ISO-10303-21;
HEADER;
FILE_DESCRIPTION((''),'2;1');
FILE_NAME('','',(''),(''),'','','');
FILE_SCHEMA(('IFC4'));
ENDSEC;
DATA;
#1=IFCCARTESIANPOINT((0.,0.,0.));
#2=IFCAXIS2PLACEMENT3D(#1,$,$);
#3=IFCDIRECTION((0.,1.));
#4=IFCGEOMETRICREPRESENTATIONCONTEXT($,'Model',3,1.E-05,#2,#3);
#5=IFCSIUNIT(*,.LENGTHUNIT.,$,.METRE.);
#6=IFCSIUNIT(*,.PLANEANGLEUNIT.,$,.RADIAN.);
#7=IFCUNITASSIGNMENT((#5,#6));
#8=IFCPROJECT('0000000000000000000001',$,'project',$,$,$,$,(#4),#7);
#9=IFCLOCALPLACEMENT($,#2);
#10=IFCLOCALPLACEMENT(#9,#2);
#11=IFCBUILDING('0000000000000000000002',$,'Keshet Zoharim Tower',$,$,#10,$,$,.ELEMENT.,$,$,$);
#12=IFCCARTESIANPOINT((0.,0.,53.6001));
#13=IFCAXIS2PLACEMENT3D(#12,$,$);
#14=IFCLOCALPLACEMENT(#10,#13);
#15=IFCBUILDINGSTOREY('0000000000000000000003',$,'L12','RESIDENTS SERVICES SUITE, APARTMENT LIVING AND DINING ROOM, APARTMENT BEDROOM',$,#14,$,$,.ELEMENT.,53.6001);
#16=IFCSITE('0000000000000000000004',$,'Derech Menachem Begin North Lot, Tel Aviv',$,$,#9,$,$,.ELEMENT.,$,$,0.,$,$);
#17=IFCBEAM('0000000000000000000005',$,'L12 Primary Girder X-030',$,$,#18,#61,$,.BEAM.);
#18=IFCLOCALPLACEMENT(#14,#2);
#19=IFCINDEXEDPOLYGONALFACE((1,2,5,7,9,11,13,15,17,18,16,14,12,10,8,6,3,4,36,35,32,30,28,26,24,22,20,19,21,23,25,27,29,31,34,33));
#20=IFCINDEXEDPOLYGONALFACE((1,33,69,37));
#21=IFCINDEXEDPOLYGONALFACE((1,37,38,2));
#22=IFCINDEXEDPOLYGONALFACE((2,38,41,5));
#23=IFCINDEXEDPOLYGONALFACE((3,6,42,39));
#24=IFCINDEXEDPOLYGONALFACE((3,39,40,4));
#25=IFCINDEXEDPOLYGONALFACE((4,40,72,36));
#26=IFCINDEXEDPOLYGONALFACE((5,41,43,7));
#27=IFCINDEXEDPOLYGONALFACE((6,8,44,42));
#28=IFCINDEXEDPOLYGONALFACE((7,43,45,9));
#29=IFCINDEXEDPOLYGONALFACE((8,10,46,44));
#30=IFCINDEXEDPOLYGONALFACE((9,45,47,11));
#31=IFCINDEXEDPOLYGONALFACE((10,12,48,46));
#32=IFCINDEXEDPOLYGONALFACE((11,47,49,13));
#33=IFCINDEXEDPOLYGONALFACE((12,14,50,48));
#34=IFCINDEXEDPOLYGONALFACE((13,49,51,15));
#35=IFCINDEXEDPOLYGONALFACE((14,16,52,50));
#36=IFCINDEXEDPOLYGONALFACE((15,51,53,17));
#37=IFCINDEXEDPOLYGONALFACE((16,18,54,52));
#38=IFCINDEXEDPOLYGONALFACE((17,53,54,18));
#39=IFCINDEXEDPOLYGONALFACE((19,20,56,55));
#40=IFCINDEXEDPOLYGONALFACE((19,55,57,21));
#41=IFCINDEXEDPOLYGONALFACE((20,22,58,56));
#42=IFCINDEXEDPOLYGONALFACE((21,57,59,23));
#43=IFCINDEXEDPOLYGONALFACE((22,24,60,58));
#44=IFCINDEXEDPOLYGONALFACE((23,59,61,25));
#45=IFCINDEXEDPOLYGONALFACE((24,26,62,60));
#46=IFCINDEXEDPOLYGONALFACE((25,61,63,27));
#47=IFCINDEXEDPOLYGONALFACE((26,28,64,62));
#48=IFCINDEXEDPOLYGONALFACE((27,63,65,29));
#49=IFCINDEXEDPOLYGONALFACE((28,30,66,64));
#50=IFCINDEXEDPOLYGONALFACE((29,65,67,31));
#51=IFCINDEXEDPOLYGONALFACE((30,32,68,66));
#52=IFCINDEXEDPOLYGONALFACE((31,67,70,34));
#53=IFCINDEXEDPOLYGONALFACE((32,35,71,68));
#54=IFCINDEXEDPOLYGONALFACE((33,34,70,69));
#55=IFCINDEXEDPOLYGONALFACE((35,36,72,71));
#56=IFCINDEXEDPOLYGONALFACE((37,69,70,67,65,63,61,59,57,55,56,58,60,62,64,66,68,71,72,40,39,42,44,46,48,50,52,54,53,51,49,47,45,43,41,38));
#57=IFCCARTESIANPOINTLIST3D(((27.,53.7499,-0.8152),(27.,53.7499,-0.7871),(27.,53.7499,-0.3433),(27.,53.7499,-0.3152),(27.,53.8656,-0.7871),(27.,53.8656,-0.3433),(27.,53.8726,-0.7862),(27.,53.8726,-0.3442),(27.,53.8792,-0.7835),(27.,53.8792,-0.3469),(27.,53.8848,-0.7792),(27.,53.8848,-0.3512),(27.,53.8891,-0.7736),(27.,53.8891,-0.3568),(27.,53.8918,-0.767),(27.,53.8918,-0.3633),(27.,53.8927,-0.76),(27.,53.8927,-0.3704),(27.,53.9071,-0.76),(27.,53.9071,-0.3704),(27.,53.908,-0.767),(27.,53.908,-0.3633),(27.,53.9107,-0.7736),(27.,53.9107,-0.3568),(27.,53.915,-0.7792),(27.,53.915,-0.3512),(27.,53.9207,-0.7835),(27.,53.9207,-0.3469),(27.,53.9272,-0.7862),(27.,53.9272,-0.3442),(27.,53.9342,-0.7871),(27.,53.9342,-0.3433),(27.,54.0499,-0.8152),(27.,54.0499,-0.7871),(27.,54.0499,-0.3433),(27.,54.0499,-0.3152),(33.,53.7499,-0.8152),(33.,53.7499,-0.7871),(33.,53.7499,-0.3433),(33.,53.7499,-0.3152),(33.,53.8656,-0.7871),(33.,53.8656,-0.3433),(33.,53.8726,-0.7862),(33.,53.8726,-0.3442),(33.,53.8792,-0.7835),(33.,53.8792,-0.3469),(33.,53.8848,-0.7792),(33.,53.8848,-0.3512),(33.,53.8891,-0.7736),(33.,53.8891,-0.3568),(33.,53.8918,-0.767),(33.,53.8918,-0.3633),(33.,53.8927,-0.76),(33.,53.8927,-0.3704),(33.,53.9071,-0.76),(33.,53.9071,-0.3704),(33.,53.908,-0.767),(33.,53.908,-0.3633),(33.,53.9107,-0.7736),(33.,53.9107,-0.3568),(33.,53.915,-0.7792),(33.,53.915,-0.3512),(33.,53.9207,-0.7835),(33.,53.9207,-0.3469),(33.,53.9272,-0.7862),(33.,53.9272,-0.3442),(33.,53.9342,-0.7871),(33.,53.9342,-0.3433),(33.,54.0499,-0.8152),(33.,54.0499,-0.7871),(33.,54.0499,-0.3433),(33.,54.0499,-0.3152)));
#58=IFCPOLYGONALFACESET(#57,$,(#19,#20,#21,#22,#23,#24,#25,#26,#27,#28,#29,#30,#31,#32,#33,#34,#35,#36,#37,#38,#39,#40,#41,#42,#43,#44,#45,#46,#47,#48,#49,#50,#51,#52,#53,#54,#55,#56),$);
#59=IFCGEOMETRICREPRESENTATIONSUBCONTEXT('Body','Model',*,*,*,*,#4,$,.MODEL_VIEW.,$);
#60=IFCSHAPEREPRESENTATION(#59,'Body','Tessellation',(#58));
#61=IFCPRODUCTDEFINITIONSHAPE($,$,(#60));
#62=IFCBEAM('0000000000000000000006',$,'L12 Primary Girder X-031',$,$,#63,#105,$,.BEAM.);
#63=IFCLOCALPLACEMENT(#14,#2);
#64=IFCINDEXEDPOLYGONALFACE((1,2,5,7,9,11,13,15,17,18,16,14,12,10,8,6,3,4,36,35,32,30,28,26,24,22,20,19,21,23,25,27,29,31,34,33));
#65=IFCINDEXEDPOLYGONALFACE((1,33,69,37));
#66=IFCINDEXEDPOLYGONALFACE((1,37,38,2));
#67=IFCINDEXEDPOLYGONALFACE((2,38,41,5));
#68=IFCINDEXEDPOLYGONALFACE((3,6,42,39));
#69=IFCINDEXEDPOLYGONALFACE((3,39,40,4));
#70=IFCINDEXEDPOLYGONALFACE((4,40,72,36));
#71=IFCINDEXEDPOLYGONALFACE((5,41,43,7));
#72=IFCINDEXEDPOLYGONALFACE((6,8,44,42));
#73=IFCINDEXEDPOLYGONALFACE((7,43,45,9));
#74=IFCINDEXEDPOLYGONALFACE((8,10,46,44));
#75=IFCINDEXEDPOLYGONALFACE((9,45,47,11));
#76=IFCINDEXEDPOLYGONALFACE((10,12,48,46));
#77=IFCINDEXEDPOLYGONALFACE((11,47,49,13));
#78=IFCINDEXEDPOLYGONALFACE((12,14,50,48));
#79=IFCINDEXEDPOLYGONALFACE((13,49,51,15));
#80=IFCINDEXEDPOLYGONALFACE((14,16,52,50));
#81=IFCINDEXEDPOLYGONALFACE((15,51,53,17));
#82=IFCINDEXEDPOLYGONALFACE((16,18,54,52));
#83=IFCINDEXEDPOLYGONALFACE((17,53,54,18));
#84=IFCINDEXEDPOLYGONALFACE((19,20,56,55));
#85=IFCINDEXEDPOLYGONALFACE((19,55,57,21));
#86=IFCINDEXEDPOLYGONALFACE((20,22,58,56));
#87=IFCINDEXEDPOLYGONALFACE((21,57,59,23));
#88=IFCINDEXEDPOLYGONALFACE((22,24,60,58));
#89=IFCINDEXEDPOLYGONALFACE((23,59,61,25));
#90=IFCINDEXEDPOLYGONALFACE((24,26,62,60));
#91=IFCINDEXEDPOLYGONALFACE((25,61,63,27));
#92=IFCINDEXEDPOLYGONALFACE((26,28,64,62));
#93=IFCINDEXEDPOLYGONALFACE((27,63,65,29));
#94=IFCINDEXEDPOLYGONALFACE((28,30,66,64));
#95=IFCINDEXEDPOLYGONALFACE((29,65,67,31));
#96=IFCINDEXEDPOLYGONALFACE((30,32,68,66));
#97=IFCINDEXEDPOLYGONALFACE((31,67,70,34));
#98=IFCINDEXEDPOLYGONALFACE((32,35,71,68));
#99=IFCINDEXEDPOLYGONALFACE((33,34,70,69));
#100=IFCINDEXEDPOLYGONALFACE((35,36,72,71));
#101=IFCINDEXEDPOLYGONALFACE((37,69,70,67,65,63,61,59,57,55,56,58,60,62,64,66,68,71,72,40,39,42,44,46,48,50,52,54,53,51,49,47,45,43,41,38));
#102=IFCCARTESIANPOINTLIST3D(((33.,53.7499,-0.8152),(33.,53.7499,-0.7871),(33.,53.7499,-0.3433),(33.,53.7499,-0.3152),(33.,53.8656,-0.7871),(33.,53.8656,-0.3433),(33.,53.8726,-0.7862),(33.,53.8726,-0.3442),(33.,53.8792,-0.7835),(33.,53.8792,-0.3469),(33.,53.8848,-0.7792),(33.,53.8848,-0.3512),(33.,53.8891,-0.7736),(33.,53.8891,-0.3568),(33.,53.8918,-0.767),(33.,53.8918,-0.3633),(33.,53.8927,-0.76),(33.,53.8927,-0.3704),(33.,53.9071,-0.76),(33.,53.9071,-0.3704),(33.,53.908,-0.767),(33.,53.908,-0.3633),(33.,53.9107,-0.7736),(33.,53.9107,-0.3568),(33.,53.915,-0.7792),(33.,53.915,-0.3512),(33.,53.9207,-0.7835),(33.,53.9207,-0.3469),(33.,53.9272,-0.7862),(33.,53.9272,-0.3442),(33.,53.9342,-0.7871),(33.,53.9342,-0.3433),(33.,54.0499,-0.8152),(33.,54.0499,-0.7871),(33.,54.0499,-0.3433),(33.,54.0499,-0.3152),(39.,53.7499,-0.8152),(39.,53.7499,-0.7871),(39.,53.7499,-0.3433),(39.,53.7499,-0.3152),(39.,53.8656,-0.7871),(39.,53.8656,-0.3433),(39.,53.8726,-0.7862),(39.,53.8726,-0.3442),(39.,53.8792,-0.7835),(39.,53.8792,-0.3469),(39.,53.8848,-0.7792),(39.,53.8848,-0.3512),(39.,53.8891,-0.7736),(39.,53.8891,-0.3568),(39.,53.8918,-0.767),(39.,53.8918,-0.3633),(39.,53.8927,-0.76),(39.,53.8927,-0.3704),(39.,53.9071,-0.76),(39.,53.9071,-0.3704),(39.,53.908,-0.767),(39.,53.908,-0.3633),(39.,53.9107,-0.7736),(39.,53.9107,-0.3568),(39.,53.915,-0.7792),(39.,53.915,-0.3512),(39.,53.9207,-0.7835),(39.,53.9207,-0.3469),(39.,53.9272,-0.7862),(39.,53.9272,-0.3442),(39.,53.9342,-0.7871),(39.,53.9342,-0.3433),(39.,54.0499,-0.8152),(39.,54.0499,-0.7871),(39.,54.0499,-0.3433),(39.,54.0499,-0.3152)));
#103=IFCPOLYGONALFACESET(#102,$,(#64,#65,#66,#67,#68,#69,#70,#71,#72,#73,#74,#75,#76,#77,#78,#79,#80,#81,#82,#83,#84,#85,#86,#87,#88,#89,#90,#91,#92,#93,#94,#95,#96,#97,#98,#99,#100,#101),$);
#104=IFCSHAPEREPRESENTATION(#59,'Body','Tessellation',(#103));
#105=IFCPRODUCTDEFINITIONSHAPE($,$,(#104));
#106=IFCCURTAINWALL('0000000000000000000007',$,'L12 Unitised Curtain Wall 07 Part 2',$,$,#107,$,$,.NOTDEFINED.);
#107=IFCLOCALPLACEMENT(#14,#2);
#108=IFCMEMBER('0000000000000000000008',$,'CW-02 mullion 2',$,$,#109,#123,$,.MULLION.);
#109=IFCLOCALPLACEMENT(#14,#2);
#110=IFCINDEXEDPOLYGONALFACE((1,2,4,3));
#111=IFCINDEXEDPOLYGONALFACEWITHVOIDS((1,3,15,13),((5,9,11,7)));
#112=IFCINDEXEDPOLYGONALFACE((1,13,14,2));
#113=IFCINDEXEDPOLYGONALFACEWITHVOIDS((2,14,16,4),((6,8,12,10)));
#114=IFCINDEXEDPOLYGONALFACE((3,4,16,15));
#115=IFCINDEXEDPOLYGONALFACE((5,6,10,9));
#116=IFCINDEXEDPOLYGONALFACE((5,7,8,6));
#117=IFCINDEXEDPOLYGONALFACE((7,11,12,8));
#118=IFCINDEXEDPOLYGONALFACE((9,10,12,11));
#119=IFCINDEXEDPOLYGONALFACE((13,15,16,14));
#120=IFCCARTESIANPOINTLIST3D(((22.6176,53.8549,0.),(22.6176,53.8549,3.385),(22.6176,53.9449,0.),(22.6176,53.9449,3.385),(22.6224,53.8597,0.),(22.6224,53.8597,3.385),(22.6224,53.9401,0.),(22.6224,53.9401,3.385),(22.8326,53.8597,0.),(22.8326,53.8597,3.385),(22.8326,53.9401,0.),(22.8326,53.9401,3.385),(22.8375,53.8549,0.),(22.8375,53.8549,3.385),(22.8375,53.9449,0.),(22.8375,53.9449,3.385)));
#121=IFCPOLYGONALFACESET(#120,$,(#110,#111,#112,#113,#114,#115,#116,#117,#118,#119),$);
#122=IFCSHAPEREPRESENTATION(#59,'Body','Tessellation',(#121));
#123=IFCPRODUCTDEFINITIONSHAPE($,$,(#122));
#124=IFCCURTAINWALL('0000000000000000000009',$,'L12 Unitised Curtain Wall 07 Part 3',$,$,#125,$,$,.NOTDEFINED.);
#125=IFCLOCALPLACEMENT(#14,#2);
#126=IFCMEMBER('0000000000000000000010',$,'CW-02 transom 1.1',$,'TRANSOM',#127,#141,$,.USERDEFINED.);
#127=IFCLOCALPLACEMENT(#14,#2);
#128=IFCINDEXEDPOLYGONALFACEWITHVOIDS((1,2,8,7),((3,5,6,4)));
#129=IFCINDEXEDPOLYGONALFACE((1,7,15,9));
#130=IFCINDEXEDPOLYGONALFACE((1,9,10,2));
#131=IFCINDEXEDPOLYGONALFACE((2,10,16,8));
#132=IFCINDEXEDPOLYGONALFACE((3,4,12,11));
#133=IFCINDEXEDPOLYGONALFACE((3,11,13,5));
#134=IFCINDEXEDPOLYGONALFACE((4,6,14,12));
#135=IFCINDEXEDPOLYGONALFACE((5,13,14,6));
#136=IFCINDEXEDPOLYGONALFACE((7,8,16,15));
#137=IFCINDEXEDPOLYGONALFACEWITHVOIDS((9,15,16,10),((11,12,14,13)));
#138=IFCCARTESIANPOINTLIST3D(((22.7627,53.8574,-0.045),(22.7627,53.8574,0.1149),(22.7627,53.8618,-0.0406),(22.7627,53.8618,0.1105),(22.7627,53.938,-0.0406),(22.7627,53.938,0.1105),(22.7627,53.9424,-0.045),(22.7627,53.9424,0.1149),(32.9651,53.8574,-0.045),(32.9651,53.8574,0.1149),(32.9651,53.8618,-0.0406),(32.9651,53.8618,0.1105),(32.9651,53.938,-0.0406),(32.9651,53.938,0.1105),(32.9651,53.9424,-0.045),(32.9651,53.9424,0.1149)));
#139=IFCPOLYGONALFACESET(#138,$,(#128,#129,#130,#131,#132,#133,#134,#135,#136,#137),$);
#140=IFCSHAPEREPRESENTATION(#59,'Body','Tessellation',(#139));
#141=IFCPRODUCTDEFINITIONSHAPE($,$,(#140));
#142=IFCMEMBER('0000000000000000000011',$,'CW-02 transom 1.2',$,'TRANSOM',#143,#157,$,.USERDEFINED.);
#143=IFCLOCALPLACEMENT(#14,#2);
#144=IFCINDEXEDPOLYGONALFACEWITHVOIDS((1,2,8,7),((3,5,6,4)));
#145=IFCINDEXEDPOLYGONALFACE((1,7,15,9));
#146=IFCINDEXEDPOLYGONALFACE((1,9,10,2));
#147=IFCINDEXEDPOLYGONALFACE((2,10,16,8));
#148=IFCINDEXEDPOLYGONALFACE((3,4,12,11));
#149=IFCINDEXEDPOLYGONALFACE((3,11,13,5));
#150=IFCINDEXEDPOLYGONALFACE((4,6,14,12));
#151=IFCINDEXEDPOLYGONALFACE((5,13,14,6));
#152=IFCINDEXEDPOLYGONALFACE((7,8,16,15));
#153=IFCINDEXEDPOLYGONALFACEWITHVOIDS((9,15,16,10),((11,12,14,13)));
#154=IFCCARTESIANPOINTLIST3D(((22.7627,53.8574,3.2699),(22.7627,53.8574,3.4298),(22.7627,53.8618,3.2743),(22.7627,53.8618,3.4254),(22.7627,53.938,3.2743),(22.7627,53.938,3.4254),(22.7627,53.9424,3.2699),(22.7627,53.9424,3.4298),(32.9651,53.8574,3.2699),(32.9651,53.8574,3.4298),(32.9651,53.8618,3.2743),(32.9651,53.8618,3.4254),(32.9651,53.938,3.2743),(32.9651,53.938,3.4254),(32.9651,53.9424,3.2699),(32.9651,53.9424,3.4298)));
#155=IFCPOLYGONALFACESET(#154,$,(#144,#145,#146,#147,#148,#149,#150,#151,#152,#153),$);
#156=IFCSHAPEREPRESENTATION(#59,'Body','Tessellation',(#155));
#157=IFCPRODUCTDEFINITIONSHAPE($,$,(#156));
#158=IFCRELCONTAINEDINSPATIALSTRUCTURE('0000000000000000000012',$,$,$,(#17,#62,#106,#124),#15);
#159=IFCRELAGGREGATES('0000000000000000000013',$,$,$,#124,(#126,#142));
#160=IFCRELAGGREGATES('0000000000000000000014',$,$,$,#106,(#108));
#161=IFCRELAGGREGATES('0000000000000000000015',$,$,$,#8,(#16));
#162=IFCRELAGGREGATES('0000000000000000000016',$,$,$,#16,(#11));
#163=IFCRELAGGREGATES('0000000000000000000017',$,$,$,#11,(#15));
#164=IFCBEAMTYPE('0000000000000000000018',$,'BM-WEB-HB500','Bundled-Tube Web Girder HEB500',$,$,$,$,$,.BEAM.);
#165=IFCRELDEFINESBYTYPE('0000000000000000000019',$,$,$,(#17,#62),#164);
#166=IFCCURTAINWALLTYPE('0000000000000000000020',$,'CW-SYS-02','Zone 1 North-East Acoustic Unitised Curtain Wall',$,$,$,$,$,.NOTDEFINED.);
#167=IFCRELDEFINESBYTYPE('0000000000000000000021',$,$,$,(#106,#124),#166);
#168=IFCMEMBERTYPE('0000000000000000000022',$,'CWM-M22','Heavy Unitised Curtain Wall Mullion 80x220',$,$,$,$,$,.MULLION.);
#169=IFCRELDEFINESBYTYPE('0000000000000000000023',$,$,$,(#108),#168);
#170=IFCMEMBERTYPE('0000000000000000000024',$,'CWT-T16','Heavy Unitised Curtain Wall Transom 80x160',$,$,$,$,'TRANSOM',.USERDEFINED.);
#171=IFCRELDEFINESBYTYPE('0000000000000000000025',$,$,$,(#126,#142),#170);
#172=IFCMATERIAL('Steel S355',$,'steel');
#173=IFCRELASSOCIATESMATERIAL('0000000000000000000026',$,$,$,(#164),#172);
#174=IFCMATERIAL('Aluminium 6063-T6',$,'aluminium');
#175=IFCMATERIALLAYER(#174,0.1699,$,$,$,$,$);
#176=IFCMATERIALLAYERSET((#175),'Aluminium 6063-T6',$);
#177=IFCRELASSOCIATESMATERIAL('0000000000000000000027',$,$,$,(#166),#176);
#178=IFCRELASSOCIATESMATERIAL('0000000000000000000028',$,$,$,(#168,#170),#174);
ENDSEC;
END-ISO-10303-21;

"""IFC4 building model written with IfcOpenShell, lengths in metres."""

from ifc_helpers import new_model, si_unit, direction, frame, origin, origin_2d, place, context, subcontext, project, spatial, hollow_rectangle, i_section, extrude, material, layer, layer_set, material_profile, profile_set, type_object, element, aggregate, save


model = new_model("IFC4")

# Units and contexts
model_context = context("Model", 3, precision=1e-05, world=origin(), true_north=direction((0.0, 1.0)))
body_context = subcontext(model_context, "Body", "Model", "MODEL_VIEW")
ifc_project = project(units=[si_unit("LENGTHUNIT", "METRE"), si_unit("PLANEANGLEUNIT", "RADIAN")], contexts=[model_context])

# Site, building, storey
site_placement = place(None, origin())
site = spatial("IfcSite", under=ifc_project, at=site_placement, Name="Derech Menachem Begin North Lot, Tel Aviv", CompositionType="ELEMENT", RefElevation=0.0)
building_placement = place(site_placement, origin())
building = spatial("IfcBuilding", under=site, at=building_placement, Name="Keshet Zoharim Tower", CompositionType="ELEMENT")
storey_placement = place(building_placement, frame((0.0, 0.0, 53.6001)))
storey = spatial("IfcBuildingStorey", under=building, at=storey_placement, Name="L12", Description="RESIDENTS SERVICES SUITE, APARTMENT LIVING AND DINING ROOM, APARTMENT BEDROOM", CompositionType="ELEMENT", Elevation=53.6001)

# Shared definitions
ifc_material_1 = material(Name="Steel S355", Category="steel")

# Beams
ifc_material_profile_1 = material_profile(ifc_material_1, i_section(OverallWidth=0.3, OverallDepth=0.5, WebThickness=0.0144, FlangeThickness=0.0281, FilletRadius=0.0271, at=origin_2d()), Name="HEB500")
ifc_profile_set_1 = profile_set([ifc_material_profile_1], Name="Steel S355")
beam_type = type_object("IfcBeamType", Name="BM-WEB-HB500", Description="Bundled-Tube Web Girder HEB500", PredefinedType="BEAM", material=ifc_profile_set_1)
for number, where, z_axis, x_axis, name in (
    (1, (27.0, 53.8999, -0.5652), (1.0, 0.0, 0.0), (0.0, 1.0, 0.0), "L12 Primary Girder X-030"),
    (2, (33.0, 53.8999, -0.5652), (1.0, 0.0, 0.0), (0.0, 1.0, 0.0), "L12 Primary Girder X-031"),
):
    element("IfcBeam", number, at=place(storey_placement, frame(where, z_axis=z_axis, x_axis=x_axis)), inside=storey, type_object=beam_type, Name=name, PredefinedType="BEAM", context=body_context, shape_type="SweptSolid", body=[
        extrude(i_section(OverallWidth=0.3, OverallDepth=0.5, WebThickness=0.0144, FlangeThickness=0.0281, FilletRadius=0.0271, at=origin_2d()), origin(), (0.0, 0.0, 1.0), 6.0),
    ])

# Curtain wall, member
ifc_material_2 = material(Name="Aluminium 6063-T6", Category="aluminium")
ifc_layer_1 = layer(ifc_material_2, 0.1699)
ifc_layer_set_1 = layer_set([ifc_layer_1], Name="Aluminium 6063-T6")
curtain_wall_type = type_object("IfcCurtainWallType", Name="CW-SYS-02", Description="Zone 1 North-East Acoustic Unitised Curtain Wall", PredefinedType="NOTDEFINED", material=ifc_layer_set_1)
curtain_wall_1_placement = place(storey_placement, origin())
curtain_wall_1 = element("IfcCurtainWall", 3, at=curtain_wall_1_placement, inside=storey, type_object=curtain_wall_type, Name="L12 Unitised Curtain Wall 07 Part 2", PredefinedType="NOTDEFINED")
ifc_material_profile_2 = material_profile(ifc_material_2, hollow_rectangle(XDim=0.0901, YDim=0.22, WallThickness=0.0049, at=origin_2d()), Name="MUL-90x220")
ifc_profile_set_2 = profile_set([ifc_material_profile_2], Name="Aluminium 6063-T6")
member_type_1 = type_object("IfcMemberType", Name="CWM-M22", Description="Heavy Unitised Curtain Wall Mullion 80x220", PredefinedType="MULLION", material=ifc_profile_set_2)
member_1_placement = place(storey_placement, frame((22.7275, 53.8999, 0.0), z_axis=(0.0, 0.0, 1.0), x_axis=(0.0, 1.0, 0.0)))
member_1 = element("IfcMember", 4, at=member_1_placement, type_object=member_type_1, Name="CW-02 mullion 2", PredefinedType="MULLION", context=body_context, shape_type="SweptSolid", body=[
    extrude(hollow_rectangle(XDim=0.0901, YDim=0.22, WallThickness=0.0049, at=origin_2d()), origin(), (0.0, 0.0, 1.0), 3.385),
])

# Curtain wall, members
curtain_wall_2_placement = place(storey_placement, origin())
curtain_wall_2 = element("IfcCurtainWall", 5, at=curtain_wall_2_placement, inside=storey, type_object=curtain_wall_type, Name="L12 Unitised Curtain Wall 07 Part 3", PredefinedType="NOTDEFINED")
ifc_material_profile_3 = material_profile(ifc_material_2, hollow_rectangle(XDim=0.085, YDim=0.1599, WallThickness=0.0044, at=origin_2d()), Name="TRN-85x160")
ifc_profile_set_3 = profile_set([ifc_material_profile_3], Name="Aluminium 6063-T6")
member_type_2 = type_object("IfcMemberType", Name="CWT-T16", Description="Heavy Unitised Curtain Wall Transom 80x160", ElementType="TRANSOM", PredefinedType="USERDEFINED", material=ifc_profile_set_3)
member_2_placement = place(storey_placement, frame((22.7627, 53.8999, 0.0349), z_axis=(1.0, 0.0, 0.0), x_axis=(0.0, 1.0, 0.0)))
member_2 = element("IfcMember", 6, at=member_2_placement, type_object=member_type_2, Name="CW-02 transom 1.1", ObjectType="TRANSOM", PredefinedType="USERDEFINED", context=body_context, shape_type="SweptSolid", body=[
    extrude(hollow_rectangle(XDim=0.085, YDim=0.1599, WallThickness=0.0044, at=origin_2d()), origin(), (0.0, 0.0, 1.0), 10.2024),
])
member_3_placement = place(storey_placement, frame((22.7627, 53.8999, 3.3499), z_axis=(1.0, 0.0, 0.0), x_axis=(0.0, 1.0, 0.0)))
member_3 = element("IfcMember", 7, at=member_3_placement, type_object=member_type_2, Name="CW-02 transom 1.2", ObjectType="TRANSOM", PredefinedType="USERDEFINED", context=body_context, shape_type="SweptSolid", body=[
    extrude(hollow_rectangle(XDim=0.085, YDim=0.1599, WallThickness=0.0044, at=origin_2d()), origin(), (0.0, 0.0, 1.0), 10.2024),
])

aggregate(curtain_wall_2, [member_2, member_3])
aggregate(curtain_wall_1, [member_1])

save(model, "model.ifc")
